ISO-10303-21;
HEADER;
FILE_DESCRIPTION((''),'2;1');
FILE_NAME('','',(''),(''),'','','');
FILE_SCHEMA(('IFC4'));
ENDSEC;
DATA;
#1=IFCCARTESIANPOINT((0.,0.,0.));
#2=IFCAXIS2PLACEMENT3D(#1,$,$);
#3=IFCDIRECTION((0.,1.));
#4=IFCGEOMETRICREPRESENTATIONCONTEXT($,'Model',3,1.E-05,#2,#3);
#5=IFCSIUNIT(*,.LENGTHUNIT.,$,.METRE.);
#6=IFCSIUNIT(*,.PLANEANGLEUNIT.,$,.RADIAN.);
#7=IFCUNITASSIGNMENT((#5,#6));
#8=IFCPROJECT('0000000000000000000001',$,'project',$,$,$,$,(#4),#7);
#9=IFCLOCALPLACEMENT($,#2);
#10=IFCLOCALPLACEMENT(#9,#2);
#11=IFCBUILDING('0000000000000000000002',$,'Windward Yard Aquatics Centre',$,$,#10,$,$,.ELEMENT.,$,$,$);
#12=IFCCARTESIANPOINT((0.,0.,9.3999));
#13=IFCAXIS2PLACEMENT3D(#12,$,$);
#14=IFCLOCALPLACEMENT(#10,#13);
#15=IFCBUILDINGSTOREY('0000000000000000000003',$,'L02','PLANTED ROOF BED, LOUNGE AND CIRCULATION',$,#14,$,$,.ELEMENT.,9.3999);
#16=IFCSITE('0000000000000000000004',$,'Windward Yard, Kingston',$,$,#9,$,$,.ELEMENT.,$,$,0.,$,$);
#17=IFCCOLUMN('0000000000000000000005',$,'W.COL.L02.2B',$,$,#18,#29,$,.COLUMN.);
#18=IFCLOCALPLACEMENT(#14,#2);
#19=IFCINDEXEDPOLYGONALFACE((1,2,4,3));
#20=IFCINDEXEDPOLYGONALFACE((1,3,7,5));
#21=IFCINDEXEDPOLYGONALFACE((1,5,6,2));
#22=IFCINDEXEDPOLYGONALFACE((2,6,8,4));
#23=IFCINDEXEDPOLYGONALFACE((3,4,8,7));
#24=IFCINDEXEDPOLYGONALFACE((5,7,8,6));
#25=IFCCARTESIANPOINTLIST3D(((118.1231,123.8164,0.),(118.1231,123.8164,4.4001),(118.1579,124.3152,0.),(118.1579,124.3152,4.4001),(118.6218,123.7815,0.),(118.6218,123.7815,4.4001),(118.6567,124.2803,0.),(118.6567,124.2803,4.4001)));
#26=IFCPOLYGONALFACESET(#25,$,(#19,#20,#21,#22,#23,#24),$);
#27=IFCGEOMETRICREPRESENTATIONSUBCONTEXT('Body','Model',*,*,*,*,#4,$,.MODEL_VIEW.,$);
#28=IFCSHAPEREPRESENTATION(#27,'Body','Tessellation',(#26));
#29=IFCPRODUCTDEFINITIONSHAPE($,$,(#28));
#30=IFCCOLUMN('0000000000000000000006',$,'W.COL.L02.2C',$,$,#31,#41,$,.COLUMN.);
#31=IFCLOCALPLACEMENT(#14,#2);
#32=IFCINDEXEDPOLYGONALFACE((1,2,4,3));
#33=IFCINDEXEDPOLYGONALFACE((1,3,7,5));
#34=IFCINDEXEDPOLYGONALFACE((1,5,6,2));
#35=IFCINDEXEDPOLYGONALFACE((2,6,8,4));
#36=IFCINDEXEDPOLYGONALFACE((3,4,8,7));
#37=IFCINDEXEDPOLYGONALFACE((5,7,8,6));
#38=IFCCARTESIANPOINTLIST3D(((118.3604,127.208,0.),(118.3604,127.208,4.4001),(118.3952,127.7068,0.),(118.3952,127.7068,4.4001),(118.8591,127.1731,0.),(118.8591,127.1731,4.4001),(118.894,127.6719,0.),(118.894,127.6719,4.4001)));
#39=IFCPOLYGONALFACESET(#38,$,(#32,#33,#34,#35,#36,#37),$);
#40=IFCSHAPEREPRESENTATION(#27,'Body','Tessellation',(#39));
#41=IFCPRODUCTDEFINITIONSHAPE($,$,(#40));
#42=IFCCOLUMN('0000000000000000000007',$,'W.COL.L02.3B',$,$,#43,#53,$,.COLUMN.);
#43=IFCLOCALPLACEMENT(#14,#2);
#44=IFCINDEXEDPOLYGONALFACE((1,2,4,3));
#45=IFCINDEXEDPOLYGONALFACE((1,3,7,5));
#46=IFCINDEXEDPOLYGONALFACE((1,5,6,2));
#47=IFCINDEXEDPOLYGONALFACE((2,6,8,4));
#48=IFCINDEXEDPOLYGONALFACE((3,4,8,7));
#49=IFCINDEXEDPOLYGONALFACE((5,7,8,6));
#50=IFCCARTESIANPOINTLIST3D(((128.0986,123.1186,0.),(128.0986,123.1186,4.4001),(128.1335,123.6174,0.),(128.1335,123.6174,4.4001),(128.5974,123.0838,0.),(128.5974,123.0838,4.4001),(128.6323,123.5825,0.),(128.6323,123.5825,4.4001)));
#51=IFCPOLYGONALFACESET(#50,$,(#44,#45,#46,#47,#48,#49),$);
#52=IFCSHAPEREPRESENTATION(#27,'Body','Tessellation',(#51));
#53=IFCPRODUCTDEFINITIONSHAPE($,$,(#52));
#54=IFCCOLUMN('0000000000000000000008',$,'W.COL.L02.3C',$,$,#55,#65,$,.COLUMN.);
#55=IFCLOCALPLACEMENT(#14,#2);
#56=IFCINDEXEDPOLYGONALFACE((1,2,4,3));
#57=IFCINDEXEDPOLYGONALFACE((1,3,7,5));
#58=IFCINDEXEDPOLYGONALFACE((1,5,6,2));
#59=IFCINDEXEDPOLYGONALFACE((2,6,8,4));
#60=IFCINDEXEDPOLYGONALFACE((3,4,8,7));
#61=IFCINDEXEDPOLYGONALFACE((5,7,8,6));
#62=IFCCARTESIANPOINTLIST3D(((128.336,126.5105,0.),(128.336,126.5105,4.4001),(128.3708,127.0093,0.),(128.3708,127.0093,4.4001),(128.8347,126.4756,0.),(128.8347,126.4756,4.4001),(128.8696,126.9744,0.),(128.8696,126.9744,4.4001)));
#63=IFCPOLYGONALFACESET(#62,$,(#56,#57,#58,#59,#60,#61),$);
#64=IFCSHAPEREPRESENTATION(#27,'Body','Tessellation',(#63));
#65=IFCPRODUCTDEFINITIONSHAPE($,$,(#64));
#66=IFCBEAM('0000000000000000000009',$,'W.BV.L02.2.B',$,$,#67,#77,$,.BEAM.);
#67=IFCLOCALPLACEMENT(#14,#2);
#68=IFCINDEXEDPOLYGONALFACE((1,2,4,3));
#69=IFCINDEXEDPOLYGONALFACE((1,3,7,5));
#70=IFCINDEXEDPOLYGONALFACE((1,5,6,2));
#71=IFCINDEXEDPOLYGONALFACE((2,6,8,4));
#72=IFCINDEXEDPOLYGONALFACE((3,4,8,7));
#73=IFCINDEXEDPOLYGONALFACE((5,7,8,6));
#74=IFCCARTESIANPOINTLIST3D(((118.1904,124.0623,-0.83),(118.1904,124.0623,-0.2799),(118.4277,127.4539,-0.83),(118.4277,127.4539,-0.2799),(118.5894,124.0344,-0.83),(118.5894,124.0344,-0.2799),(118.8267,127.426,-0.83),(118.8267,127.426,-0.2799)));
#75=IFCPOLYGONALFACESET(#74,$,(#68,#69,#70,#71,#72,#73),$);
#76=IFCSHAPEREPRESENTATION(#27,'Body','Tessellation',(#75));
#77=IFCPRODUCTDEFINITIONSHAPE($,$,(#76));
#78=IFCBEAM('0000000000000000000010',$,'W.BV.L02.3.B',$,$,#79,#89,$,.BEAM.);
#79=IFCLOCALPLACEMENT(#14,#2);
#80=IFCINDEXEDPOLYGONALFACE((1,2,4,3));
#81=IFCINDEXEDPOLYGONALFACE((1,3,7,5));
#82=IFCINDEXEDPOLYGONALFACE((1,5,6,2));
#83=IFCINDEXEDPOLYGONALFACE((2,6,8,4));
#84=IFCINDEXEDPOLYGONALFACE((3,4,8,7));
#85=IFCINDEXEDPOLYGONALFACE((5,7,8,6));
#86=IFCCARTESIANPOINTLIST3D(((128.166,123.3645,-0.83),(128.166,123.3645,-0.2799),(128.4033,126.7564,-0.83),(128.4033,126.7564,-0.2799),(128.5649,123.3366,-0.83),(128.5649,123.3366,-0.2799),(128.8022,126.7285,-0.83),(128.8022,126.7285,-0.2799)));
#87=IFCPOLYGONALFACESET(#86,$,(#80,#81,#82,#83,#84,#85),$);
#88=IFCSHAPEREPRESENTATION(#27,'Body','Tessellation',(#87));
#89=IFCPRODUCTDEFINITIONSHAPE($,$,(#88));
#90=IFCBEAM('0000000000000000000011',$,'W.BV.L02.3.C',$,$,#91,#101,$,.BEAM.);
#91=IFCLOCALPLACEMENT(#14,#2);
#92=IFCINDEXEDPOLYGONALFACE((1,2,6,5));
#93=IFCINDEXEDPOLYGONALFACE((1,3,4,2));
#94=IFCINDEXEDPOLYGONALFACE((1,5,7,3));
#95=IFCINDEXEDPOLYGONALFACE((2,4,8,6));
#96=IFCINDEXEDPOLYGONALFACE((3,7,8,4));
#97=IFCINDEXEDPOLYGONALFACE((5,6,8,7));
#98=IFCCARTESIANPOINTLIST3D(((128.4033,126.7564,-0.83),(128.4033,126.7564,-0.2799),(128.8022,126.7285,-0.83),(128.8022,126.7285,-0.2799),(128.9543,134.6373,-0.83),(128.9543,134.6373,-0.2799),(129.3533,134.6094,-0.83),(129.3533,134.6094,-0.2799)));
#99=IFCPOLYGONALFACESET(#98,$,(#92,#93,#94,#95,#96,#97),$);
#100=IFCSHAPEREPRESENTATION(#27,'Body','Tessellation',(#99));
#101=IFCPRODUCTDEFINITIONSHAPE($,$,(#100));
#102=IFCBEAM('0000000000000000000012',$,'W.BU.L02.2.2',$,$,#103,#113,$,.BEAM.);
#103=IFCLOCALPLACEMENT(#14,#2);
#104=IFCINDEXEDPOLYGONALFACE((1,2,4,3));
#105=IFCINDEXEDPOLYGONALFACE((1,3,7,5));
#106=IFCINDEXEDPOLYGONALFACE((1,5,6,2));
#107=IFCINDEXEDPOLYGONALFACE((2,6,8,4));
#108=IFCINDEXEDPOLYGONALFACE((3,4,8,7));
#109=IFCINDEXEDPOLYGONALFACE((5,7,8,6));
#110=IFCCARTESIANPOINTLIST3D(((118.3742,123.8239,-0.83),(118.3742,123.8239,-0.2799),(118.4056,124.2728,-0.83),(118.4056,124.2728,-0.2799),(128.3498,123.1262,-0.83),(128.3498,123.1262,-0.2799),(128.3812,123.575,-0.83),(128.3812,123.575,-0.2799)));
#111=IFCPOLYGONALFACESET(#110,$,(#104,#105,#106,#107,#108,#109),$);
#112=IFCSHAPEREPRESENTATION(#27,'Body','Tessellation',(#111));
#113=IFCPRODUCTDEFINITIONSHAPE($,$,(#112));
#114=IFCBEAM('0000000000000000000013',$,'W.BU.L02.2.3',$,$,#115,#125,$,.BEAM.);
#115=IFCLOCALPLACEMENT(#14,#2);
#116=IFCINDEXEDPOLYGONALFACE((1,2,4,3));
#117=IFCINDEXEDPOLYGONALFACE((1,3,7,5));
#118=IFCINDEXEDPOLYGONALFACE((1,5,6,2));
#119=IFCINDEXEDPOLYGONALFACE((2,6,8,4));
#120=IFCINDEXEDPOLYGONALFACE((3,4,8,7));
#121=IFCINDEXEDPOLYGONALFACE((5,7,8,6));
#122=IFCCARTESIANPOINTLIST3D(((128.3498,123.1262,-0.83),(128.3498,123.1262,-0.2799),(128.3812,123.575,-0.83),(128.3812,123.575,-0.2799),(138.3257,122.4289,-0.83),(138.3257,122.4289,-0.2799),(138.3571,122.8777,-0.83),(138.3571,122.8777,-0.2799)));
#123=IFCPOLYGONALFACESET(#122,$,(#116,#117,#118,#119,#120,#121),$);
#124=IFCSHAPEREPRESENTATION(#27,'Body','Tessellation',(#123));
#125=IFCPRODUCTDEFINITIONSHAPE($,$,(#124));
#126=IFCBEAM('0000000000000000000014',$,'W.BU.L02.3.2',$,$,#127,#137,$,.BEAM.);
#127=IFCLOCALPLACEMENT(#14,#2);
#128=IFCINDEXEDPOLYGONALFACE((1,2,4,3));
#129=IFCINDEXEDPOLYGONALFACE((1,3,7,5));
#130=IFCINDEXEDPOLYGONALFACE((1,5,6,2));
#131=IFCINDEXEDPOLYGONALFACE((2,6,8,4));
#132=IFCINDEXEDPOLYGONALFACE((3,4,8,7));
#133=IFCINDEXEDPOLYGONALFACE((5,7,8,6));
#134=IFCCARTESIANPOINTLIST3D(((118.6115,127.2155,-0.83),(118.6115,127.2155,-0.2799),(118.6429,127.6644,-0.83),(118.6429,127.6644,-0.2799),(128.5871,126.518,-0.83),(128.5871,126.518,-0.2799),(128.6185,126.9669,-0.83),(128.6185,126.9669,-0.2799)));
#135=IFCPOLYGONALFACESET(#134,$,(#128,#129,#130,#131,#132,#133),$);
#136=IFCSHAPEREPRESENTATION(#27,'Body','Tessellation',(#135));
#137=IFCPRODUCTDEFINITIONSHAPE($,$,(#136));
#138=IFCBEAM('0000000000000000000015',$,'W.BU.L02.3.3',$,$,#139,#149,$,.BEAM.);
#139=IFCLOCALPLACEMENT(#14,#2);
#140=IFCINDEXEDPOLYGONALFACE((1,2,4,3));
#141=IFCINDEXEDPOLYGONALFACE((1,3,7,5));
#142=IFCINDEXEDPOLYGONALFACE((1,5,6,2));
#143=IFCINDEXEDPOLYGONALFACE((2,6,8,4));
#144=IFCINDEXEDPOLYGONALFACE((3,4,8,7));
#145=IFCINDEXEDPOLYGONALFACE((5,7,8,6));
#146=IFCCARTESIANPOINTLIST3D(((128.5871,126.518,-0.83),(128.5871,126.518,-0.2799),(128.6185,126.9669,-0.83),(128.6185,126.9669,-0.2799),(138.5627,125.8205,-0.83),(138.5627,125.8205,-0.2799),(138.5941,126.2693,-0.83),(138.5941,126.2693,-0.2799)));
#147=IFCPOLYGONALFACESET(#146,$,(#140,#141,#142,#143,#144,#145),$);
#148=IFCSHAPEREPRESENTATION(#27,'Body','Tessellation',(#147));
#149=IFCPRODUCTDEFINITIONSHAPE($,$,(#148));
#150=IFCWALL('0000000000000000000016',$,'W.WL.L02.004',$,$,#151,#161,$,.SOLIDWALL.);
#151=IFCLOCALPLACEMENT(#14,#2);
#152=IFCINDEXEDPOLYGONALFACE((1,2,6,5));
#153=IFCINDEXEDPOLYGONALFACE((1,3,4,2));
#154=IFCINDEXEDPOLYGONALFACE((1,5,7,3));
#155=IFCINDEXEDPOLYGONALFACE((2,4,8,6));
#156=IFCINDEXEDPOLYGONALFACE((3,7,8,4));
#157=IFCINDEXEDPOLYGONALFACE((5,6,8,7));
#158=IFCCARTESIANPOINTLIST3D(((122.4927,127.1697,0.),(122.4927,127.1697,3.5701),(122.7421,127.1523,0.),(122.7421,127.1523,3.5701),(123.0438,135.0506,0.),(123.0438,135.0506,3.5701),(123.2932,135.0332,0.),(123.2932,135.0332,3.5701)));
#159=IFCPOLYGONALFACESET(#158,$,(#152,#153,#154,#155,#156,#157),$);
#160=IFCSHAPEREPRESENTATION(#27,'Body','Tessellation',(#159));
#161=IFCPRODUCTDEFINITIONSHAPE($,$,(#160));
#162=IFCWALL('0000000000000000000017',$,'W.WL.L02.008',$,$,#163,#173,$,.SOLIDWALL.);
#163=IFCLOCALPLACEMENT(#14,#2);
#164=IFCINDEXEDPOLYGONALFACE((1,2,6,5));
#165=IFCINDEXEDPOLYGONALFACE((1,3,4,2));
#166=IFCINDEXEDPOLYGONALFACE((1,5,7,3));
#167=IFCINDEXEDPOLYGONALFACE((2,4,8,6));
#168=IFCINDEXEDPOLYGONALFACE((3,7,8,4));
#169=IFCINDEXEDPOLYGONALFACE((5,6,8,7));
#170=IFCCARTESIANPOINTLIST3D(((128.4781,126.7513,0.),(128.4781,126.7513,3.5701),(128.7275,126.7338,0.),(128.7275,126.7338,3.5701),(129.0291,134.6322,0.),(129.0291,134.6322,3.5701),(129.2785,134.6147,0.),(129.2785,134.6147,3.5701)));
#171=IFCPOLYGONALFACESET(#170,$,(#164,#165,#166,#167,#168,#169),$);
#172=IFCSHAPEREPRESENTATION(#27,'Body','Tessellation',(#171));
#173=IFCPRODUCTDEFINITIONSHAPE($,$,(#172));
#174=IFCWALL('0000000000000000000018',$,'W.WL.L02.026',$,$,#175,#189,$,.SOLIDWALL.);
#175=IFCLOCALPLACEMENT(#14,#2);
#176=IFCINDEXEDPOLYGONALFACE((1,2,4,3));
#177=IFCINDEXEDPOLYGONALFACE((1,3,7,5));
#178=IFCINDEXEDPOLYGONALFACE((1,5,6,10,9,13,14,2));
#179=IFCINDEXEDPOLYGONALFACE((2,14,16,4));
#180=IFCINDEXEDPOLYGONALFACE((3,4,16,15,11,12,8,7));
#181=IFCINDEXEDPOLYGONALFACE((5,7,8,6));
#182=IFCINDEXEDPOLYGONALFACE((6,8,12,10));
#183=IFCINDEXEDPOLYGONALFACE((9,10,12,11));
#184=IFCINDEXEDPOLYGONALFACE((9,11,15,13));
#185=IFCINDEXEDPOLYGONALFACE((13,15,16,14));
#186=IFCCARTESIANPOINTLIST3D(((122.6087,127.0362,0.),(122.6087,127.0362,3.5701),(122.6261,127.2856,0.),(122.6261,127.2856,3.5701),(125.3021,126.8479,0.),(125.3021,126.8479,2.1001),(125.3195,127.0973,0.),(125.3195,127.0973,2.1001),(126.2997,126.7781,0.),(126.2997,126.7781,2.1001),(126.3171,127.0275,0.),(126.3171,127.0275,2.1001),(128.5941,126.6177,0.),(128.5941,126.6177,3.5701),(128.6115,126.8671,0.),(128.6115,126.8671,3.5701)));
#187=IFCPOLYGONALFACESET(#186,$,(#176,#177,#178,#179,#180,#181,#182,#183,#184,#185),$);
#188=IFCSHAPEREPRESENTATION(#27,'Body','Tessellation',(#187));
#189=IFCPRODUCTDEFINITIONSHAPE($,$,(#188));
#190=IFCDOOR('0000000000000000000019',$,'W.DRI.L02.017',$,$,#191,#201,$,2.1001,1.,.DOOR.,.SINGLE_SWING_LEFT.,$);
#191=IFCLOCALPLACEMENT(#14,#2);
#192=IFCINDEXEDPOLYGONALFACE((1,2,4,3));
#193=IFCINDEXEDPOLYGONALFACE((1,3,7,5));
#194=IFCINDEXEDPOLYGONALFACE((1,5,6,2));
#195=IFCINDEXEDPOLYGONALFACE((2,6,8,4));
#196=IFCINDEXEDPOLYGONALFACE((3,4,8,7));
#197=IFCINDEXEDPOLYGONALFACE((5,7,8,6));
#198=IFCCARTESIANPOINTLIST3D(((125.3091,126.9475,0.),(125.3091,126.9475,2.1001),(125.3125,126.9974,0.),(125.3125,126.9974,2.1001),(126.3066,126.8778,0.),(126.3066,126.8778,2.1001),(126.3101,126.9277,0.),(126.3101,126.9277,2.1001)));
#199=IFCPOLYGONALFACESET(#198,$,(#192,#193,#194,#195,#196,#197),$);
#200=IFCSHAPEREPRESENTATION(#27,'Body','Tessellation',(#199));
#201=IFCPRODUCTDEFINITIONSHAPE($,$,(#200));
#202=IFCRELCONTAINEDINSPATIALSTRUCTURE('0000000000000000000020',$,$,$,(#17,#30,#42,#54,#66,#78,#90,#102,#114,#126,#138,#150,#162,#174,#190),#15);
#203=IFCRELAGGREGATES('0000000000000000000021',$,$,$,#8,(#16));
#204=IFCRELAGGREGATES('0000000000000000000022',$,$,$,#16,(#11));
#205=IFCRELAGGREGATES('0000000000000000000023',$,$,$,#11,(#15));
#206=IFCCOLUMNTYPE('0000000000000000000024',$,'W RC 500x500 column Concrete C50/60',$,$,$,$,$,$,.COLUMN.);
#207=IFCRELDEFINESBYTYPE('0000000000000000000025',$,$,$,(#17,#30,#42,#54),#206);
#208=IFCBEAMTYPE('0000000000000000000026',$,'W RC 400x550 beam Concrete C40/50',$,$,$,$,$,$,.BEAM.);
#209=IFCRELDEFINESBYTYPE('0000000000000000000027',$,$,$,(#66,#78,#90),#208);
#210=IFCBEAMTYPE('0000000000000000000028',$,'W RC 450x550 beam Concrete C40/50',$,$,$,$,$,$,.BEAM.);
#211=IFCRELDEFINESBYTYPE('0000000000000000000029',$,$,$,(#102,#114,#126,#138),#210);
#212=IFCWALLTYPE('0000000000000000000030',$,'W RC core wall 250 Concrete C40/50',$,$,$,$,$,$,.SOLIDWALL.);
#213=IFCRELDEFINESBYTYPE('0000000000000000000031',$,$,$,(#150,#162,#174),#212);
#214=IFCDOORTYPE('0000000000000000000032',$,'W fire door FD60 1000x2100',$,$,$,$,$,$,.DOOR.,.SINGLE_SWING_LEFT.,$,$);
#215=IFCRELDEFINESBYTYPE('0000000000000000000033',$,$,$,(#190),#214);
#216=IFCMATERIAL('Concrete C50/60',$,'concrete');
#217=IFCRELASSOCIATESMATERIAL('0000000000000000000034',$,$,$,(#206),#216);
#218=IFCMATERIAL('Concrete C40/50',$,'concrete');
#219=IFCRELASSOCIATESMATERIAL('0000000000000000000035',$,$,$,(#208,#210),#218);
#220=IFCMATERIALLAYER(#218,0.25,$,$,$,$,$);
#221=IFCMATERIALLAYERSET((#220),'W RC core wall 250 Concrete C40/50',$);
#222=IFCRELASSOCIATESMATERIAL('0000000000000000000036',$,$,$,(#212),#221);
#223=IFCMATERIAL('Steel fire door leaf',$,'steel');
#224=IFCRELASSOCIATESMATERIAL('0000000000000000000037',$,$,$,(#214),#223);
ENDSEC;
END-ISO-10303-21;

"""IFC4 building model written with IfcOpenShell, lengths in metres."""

from ifc_helpers import new_model, si_unit, direction, frame, frame_2d, origin, origin_2d, place, context, subcontext, project, spatial, rectangle, extrude, material, layer, layer_set, material_profile, profile_set, type_object, element, fill, save


model = new_model("IFC4")

# Units and contexts
model_context = context("Model", 3, precision=1e-05, world=origin(), true_north=direction((0.0, 1.0)))
body_context = subcontext(model_context, "Body", "Model", "MODEL_VIEW")
ifc_project = project(units=[si_unit("LENGTHUNIT", "METRE"), si_unit("PLANEANGLEUNIT", "RADIAN")], contexts=[model_context])

# Site, building, storey
site_placement = place(None, origin())
site = spatial("IfcSite", under=ifc_project, at=site_placement, Name="Windward Yard, Kingston", CompositionType="ELEMENT", RefElevation=0.0)
building_placement = place(site_placement, origin())
building = spatial("IfcBuilding", under=site, at=building_placement, Name="Windward Yard Aquatics Centre", CompositionType="ELEMENT")
storey_placement = place(building_placement, frame((0.0, 0.0, 9.3999)))
storey = spatial("IfcBuildingStorey", under=building, at=storey_placement, Name="L02", Description="PLANTED ROOF BED, LOUNGE AND CIRCULATION", CompositionType="ELEMENT", Elevation=9.3999)

# Columns
ifc_material_1 = material(Name="Concrete C50/60", Category="concrete")
ifc_material_profile_1 = material_profile(ifc_material_1, rectangle(XDim=0.5, YDim=0.5, at=origin_2d()), Name="RC 500x500")
ifc_profile_set_1 = profile_set([ifc_material_profile_1], Name="Concrete C50/60")
column_type = type_object("IfcColumnType", Name="W RC 500x500 column Concrete C50/60", PredefinedType="COLUMN", material=ifc_profile_set_1)
for number, where, z_axis, x_axis, name in (
    (1, (118.3899, 124.0483, 0.0), (0.0, 0.0, 1.0), (0.997564, -0.069756, 0.0), "W.COL.L02.2B"),
    (2, (118.6272, 127.4399, 0.0), (0.0, 0.0, 1.0), (0.997564, -0.069756, 0.0), "W.COL.L02.2C"),
    (3, (128.3655, 123.3506, 0.0), (0.0, 0.0, 1.0), (0.997564, -0.069756, 0.0), "W.COL.L02.3B"),
    (4, (128.6028, 126.7424, 0.0), (0.0, 0.0, 1.0), (0.997564, -0.069756, 0.0), "W.COL.L02.3C"),
):
    element("IfcColumn", number, at=place(storey_placement, frame(where, z_axis=z_axis, x_axis=x_axis)), inside=storey, type_object=column_type, Name=name, PredefinedType="COLUMN", context=body_context, shape_type="SweptSolid", body=[
        extrude(rectangle(XDim=0.5, YDim=0.5, at=origin_2d()), origin(), (0.0, 0.0, 1.0), 4.4001),
    ])

# Beams
ifc_material_2 = material(Name="Concrete C40/50", Category="concrete")
ifc_material_profile_2 = material_profile(ifc_material_2, rectangle(XDim=0.3999, YDim=0.55, at=origin_2d()), Name="RC 400x550")
ifc_profile_set_2 = profile_set([ifc_material_profile_2], Name="Concrete C40/50")
beam_type_1 = type_object("IfcBeamType", Name="W RC 400x550 beam Concrete C40/50", PredefinedType="BEAM", material=ifc_profile_set_2)
beam_1_placement = place(storey_placement, frame((118.3899, 124.0483, -0.5549), z_axis=(0.069798, 0.997561, 0.0), x_axis=(-0.997561, 0.069798, 0.0)))
element("IfcBeam", 5, at=beam_1_placement, inside=storey, type_object=beam_type_1, Name="W.BV.L02.2.B", PredefinedType="BEAM", context=body_context, shape_type="SweptSolid", body=[
    extrude(rectangle(XDim=0.3999, YDim=0.55, at=origin_2d()), origin(), (0.0, 0.0, 1.0), 3.3999),
])
beam_2_placement = place(storey_placement, frame((128.3655, 123.3506, -0.5549), z_axis=(0.069793, 0.997562, 0.0), x_axis=(-0.997562, 0.069793, 0.0)))
element("IfcBeam", 6, at=beam_2_placement, inside=storey, type_object=beam_type_1, Name="W.BV.L02.3.B", PredefinedType="BEAM", context=body_context, shape_type="SweptSolid", body=[
    extrude(rectangle(XDim=0.3999, YDim=0.55, at=origin_2d()), origin(), (0.0, 0.0, 1.0), 3.4001),
])
beam_3_placement = place(storey_placement, frame((128.6028, 126.7424, -0.5549), z_axis=(0.069749, 0.997565, 0.0), x_axis=(-0.997565, 0.069749, 0.0)))
element("IfcBeam", 7, at=beam_3_placement, inside=storey, type_object=beam_type_1, Name="W.BV.L02.3.C", PredefinedType="BEAM", context=body_context, shape_type="SweptSolid", body=[
    extrude(rectangle(XDim=0.3999, YDim=0.55, at=origin_2d()), origin(), (0.0, 0.0, 1.0), 7.9001),
])
ifc_material_profile_3 = material_profile(ifc_material_2, rectangle(XDim=0.45, YDim=0.55, at=origin_2d()), Name="RC 450x550")
ifc_profile_set_3 = profile_set([ifc_material_profile_3], Name="Concrete C40/50")
beam_type_2 = type_object("IfcBeamType", Name="W RC 450x550 beam Concrete C40/50", PredefinedType="BEAM", material=ifc_profile_set_3)
beam_4_placement = place(storey_placement, frame((118.3899, 124.0483, -0.5549), z_axis=(0.997563, -0.069776, 0.0), x_axis=(0.069776, 0.997563, 0.0)))
element("IfcBeam", 8, at=beam_4_placement, inside=storey, type_object=beam_type_2, Name="W.BU.L02.2.2", PredefinedType="BEAM", context=body_context, shape_type="SweptSolid", body=[
    extrude(rectangle(XDim=0.45, YDim=0.55, at=origin_2d()), origin(), (0.0, 0.0, 1.0), 10.0),
])
beam_5_placement = place(storey_placement, frame((128.3655, 123.3506, -0.5549), z_axis=(0.997566, -0.069725, 0.0), x_axis=(0.069725, 0.997566, 0.0)))
element("IfcBeam", 9, at=beam_5_placement, inside=storey, type_object=beam_type_2, Name="W.BU.L02.2.3", PredefinedType="BEAM", context=body_context, shape_type="SweptSolid", body=[
    extrude(rectangle(XDim=0.45, YDim=0.55, at=origin_2d()), origin(), (0.0, 0.0, 1.0), 10.0002),
])
for number, where, z_axis, x_axis, name in (
    (10, (118.6272, 127.4399, -0.5549), (0.997564, -0.069751, 0.0), (0.069751, 0.997564, 0.0), "W.BU.L02.3.2"),
    (11, (128.6028, 126.7424, -0.5549), (0.997564, -0.069751, 0.0), (0.069751, 0.997564, 0.0), "W.BU.L02.3.3"),
):
    element("IfcBeam", number, at=place(storey_placement, frame(where, z_axis=z_axis, x_axis=x_axis)), inside=storey, type_object=beam_type_2, Name=name, PredefinedType="BEAM", context=body_context, shape_type="SweptSolid", body=[
        extrude(rectangle(XDim=0.45, YDim=0.55, at=origin_2d()), origin(), (0.0, 0.0, 1.0), 10.0),
    ])

# Walls
ifc_layer_1 = layer(ifc_material_2, 0.25)
ifc_layer_set_1 = layer_set([ifc_layer_1], Name="W RC core wall 250 Concrete C40/50")
wall_type_1 = type_object("IfcWallType", Name="W RC core wall 250 Concrete C40/50", PredefinedType="SOLIDWALL", material=ifc_layer_set_1)
for number, where, z_axis, x_axis, name in (
    (12, (122.6174, 127.1609, 0.0), (0.0, 0.0, 1.0), (0.069749, 0.997565, 0.0), "W.WL.L02.004"),
    (13, (128.6028, 126.7424, 0.0), (0.0, 0.0, 1.0), (0.069749, 0.997565, 0.0), "W.WL.L02.008"),
):
    element("IfcWall", number, at=place(storey_placement, frame(where, z_axis=z_axis, x_axis=x_axis)), inside=storey, type_object=wall_type_1, Name=name, PredefinedType="SOLIDWALL", context=body_context, shape_type="SweptSolid", body=[
        extrude(rectangle(XDim=7.9001, YDim=0.25, at=frame_2d((3.9502, 0.0))), origin(), (0.0, 0.0, 1.0), 3.5701),
    ])

# Wall, opening, door
wall_1_placement = place(storey_placement, frame((122.6174, 127.1609, 0.0), z_axis=(0.0, 0.0, 1.0), x_axis=(0.997565, -0.069743, 0.0)))
wall_1 = element("IfcWall", 14, at=wall_1_placement, inside=storey, type_object=wall_type_1, Name="W.WL.L02.026", PredefinedType="SOLIDWALL", context=body_context, shape_type="SweptSolid", body=[
    extrude(rectangle(XDim=6.0, YDim=0.25, at=frame_2d((3.0, 0.0))), origin(), (0.0, 0.0, 1.0), 3.5701),
])
opening_1_placement = place(wall_1_placement, frame((2.7, 0.0, 0.0)))
opening_1 = element("IfcOpeningElement", 15, at=opening_1_placement, cuts=wall_1, PredefinedType="OPENING", context=body_context, shape_type="SweptSolid", body=[
    extrude(rectangle(XDim=1.0, YDim=2.1001, at=frame_2d((0.5, 1.05))), frame((0.0, 0.135, 0.0), z_axis=(0.0, -1.0, 0.0), x_axis=(1.0, 0.0, 0.0)), (0.0, 0.0, 1.0), 0.27),
])
ifc_material_3 = material(Name="Steel fire door leaf", Category="steel")
door_type_1 = type_object("IfcDoorType", Name="W fire door FD60 1000x2100", OperationType="SINGLE_SWING_LEFT", PredefinedType="DOOR", material=ifc_material_3)
door_1_placement = place(opening_1_placement, origin())
door_1 = element("IfcDoor", 16, at=door_1_placement, inside=storey, type_object=door_type_1, Name="W.DRI.L02.017", OperationType="SINGLE_SWING_LEFT", OverallHeight=2.1001, OverallWidth=1.0, PredefinedType="DOOR", context=body_context, shape_type="SweptSolid", body=[
    extrude(rectangle(XDim=1.0, YDim=2.1001, at=frame_2d((0.5, 1.05))), frame((0.0, 0.0249, 0.0), z_axis=(0.0, -1.0, 0.0), x_axis=(1.0, 0.0, 0.0)), (0.0, 0.0, 1.0), 0.05),
])
fill(opening_1, door_1)

save(model, "model.ifc")
